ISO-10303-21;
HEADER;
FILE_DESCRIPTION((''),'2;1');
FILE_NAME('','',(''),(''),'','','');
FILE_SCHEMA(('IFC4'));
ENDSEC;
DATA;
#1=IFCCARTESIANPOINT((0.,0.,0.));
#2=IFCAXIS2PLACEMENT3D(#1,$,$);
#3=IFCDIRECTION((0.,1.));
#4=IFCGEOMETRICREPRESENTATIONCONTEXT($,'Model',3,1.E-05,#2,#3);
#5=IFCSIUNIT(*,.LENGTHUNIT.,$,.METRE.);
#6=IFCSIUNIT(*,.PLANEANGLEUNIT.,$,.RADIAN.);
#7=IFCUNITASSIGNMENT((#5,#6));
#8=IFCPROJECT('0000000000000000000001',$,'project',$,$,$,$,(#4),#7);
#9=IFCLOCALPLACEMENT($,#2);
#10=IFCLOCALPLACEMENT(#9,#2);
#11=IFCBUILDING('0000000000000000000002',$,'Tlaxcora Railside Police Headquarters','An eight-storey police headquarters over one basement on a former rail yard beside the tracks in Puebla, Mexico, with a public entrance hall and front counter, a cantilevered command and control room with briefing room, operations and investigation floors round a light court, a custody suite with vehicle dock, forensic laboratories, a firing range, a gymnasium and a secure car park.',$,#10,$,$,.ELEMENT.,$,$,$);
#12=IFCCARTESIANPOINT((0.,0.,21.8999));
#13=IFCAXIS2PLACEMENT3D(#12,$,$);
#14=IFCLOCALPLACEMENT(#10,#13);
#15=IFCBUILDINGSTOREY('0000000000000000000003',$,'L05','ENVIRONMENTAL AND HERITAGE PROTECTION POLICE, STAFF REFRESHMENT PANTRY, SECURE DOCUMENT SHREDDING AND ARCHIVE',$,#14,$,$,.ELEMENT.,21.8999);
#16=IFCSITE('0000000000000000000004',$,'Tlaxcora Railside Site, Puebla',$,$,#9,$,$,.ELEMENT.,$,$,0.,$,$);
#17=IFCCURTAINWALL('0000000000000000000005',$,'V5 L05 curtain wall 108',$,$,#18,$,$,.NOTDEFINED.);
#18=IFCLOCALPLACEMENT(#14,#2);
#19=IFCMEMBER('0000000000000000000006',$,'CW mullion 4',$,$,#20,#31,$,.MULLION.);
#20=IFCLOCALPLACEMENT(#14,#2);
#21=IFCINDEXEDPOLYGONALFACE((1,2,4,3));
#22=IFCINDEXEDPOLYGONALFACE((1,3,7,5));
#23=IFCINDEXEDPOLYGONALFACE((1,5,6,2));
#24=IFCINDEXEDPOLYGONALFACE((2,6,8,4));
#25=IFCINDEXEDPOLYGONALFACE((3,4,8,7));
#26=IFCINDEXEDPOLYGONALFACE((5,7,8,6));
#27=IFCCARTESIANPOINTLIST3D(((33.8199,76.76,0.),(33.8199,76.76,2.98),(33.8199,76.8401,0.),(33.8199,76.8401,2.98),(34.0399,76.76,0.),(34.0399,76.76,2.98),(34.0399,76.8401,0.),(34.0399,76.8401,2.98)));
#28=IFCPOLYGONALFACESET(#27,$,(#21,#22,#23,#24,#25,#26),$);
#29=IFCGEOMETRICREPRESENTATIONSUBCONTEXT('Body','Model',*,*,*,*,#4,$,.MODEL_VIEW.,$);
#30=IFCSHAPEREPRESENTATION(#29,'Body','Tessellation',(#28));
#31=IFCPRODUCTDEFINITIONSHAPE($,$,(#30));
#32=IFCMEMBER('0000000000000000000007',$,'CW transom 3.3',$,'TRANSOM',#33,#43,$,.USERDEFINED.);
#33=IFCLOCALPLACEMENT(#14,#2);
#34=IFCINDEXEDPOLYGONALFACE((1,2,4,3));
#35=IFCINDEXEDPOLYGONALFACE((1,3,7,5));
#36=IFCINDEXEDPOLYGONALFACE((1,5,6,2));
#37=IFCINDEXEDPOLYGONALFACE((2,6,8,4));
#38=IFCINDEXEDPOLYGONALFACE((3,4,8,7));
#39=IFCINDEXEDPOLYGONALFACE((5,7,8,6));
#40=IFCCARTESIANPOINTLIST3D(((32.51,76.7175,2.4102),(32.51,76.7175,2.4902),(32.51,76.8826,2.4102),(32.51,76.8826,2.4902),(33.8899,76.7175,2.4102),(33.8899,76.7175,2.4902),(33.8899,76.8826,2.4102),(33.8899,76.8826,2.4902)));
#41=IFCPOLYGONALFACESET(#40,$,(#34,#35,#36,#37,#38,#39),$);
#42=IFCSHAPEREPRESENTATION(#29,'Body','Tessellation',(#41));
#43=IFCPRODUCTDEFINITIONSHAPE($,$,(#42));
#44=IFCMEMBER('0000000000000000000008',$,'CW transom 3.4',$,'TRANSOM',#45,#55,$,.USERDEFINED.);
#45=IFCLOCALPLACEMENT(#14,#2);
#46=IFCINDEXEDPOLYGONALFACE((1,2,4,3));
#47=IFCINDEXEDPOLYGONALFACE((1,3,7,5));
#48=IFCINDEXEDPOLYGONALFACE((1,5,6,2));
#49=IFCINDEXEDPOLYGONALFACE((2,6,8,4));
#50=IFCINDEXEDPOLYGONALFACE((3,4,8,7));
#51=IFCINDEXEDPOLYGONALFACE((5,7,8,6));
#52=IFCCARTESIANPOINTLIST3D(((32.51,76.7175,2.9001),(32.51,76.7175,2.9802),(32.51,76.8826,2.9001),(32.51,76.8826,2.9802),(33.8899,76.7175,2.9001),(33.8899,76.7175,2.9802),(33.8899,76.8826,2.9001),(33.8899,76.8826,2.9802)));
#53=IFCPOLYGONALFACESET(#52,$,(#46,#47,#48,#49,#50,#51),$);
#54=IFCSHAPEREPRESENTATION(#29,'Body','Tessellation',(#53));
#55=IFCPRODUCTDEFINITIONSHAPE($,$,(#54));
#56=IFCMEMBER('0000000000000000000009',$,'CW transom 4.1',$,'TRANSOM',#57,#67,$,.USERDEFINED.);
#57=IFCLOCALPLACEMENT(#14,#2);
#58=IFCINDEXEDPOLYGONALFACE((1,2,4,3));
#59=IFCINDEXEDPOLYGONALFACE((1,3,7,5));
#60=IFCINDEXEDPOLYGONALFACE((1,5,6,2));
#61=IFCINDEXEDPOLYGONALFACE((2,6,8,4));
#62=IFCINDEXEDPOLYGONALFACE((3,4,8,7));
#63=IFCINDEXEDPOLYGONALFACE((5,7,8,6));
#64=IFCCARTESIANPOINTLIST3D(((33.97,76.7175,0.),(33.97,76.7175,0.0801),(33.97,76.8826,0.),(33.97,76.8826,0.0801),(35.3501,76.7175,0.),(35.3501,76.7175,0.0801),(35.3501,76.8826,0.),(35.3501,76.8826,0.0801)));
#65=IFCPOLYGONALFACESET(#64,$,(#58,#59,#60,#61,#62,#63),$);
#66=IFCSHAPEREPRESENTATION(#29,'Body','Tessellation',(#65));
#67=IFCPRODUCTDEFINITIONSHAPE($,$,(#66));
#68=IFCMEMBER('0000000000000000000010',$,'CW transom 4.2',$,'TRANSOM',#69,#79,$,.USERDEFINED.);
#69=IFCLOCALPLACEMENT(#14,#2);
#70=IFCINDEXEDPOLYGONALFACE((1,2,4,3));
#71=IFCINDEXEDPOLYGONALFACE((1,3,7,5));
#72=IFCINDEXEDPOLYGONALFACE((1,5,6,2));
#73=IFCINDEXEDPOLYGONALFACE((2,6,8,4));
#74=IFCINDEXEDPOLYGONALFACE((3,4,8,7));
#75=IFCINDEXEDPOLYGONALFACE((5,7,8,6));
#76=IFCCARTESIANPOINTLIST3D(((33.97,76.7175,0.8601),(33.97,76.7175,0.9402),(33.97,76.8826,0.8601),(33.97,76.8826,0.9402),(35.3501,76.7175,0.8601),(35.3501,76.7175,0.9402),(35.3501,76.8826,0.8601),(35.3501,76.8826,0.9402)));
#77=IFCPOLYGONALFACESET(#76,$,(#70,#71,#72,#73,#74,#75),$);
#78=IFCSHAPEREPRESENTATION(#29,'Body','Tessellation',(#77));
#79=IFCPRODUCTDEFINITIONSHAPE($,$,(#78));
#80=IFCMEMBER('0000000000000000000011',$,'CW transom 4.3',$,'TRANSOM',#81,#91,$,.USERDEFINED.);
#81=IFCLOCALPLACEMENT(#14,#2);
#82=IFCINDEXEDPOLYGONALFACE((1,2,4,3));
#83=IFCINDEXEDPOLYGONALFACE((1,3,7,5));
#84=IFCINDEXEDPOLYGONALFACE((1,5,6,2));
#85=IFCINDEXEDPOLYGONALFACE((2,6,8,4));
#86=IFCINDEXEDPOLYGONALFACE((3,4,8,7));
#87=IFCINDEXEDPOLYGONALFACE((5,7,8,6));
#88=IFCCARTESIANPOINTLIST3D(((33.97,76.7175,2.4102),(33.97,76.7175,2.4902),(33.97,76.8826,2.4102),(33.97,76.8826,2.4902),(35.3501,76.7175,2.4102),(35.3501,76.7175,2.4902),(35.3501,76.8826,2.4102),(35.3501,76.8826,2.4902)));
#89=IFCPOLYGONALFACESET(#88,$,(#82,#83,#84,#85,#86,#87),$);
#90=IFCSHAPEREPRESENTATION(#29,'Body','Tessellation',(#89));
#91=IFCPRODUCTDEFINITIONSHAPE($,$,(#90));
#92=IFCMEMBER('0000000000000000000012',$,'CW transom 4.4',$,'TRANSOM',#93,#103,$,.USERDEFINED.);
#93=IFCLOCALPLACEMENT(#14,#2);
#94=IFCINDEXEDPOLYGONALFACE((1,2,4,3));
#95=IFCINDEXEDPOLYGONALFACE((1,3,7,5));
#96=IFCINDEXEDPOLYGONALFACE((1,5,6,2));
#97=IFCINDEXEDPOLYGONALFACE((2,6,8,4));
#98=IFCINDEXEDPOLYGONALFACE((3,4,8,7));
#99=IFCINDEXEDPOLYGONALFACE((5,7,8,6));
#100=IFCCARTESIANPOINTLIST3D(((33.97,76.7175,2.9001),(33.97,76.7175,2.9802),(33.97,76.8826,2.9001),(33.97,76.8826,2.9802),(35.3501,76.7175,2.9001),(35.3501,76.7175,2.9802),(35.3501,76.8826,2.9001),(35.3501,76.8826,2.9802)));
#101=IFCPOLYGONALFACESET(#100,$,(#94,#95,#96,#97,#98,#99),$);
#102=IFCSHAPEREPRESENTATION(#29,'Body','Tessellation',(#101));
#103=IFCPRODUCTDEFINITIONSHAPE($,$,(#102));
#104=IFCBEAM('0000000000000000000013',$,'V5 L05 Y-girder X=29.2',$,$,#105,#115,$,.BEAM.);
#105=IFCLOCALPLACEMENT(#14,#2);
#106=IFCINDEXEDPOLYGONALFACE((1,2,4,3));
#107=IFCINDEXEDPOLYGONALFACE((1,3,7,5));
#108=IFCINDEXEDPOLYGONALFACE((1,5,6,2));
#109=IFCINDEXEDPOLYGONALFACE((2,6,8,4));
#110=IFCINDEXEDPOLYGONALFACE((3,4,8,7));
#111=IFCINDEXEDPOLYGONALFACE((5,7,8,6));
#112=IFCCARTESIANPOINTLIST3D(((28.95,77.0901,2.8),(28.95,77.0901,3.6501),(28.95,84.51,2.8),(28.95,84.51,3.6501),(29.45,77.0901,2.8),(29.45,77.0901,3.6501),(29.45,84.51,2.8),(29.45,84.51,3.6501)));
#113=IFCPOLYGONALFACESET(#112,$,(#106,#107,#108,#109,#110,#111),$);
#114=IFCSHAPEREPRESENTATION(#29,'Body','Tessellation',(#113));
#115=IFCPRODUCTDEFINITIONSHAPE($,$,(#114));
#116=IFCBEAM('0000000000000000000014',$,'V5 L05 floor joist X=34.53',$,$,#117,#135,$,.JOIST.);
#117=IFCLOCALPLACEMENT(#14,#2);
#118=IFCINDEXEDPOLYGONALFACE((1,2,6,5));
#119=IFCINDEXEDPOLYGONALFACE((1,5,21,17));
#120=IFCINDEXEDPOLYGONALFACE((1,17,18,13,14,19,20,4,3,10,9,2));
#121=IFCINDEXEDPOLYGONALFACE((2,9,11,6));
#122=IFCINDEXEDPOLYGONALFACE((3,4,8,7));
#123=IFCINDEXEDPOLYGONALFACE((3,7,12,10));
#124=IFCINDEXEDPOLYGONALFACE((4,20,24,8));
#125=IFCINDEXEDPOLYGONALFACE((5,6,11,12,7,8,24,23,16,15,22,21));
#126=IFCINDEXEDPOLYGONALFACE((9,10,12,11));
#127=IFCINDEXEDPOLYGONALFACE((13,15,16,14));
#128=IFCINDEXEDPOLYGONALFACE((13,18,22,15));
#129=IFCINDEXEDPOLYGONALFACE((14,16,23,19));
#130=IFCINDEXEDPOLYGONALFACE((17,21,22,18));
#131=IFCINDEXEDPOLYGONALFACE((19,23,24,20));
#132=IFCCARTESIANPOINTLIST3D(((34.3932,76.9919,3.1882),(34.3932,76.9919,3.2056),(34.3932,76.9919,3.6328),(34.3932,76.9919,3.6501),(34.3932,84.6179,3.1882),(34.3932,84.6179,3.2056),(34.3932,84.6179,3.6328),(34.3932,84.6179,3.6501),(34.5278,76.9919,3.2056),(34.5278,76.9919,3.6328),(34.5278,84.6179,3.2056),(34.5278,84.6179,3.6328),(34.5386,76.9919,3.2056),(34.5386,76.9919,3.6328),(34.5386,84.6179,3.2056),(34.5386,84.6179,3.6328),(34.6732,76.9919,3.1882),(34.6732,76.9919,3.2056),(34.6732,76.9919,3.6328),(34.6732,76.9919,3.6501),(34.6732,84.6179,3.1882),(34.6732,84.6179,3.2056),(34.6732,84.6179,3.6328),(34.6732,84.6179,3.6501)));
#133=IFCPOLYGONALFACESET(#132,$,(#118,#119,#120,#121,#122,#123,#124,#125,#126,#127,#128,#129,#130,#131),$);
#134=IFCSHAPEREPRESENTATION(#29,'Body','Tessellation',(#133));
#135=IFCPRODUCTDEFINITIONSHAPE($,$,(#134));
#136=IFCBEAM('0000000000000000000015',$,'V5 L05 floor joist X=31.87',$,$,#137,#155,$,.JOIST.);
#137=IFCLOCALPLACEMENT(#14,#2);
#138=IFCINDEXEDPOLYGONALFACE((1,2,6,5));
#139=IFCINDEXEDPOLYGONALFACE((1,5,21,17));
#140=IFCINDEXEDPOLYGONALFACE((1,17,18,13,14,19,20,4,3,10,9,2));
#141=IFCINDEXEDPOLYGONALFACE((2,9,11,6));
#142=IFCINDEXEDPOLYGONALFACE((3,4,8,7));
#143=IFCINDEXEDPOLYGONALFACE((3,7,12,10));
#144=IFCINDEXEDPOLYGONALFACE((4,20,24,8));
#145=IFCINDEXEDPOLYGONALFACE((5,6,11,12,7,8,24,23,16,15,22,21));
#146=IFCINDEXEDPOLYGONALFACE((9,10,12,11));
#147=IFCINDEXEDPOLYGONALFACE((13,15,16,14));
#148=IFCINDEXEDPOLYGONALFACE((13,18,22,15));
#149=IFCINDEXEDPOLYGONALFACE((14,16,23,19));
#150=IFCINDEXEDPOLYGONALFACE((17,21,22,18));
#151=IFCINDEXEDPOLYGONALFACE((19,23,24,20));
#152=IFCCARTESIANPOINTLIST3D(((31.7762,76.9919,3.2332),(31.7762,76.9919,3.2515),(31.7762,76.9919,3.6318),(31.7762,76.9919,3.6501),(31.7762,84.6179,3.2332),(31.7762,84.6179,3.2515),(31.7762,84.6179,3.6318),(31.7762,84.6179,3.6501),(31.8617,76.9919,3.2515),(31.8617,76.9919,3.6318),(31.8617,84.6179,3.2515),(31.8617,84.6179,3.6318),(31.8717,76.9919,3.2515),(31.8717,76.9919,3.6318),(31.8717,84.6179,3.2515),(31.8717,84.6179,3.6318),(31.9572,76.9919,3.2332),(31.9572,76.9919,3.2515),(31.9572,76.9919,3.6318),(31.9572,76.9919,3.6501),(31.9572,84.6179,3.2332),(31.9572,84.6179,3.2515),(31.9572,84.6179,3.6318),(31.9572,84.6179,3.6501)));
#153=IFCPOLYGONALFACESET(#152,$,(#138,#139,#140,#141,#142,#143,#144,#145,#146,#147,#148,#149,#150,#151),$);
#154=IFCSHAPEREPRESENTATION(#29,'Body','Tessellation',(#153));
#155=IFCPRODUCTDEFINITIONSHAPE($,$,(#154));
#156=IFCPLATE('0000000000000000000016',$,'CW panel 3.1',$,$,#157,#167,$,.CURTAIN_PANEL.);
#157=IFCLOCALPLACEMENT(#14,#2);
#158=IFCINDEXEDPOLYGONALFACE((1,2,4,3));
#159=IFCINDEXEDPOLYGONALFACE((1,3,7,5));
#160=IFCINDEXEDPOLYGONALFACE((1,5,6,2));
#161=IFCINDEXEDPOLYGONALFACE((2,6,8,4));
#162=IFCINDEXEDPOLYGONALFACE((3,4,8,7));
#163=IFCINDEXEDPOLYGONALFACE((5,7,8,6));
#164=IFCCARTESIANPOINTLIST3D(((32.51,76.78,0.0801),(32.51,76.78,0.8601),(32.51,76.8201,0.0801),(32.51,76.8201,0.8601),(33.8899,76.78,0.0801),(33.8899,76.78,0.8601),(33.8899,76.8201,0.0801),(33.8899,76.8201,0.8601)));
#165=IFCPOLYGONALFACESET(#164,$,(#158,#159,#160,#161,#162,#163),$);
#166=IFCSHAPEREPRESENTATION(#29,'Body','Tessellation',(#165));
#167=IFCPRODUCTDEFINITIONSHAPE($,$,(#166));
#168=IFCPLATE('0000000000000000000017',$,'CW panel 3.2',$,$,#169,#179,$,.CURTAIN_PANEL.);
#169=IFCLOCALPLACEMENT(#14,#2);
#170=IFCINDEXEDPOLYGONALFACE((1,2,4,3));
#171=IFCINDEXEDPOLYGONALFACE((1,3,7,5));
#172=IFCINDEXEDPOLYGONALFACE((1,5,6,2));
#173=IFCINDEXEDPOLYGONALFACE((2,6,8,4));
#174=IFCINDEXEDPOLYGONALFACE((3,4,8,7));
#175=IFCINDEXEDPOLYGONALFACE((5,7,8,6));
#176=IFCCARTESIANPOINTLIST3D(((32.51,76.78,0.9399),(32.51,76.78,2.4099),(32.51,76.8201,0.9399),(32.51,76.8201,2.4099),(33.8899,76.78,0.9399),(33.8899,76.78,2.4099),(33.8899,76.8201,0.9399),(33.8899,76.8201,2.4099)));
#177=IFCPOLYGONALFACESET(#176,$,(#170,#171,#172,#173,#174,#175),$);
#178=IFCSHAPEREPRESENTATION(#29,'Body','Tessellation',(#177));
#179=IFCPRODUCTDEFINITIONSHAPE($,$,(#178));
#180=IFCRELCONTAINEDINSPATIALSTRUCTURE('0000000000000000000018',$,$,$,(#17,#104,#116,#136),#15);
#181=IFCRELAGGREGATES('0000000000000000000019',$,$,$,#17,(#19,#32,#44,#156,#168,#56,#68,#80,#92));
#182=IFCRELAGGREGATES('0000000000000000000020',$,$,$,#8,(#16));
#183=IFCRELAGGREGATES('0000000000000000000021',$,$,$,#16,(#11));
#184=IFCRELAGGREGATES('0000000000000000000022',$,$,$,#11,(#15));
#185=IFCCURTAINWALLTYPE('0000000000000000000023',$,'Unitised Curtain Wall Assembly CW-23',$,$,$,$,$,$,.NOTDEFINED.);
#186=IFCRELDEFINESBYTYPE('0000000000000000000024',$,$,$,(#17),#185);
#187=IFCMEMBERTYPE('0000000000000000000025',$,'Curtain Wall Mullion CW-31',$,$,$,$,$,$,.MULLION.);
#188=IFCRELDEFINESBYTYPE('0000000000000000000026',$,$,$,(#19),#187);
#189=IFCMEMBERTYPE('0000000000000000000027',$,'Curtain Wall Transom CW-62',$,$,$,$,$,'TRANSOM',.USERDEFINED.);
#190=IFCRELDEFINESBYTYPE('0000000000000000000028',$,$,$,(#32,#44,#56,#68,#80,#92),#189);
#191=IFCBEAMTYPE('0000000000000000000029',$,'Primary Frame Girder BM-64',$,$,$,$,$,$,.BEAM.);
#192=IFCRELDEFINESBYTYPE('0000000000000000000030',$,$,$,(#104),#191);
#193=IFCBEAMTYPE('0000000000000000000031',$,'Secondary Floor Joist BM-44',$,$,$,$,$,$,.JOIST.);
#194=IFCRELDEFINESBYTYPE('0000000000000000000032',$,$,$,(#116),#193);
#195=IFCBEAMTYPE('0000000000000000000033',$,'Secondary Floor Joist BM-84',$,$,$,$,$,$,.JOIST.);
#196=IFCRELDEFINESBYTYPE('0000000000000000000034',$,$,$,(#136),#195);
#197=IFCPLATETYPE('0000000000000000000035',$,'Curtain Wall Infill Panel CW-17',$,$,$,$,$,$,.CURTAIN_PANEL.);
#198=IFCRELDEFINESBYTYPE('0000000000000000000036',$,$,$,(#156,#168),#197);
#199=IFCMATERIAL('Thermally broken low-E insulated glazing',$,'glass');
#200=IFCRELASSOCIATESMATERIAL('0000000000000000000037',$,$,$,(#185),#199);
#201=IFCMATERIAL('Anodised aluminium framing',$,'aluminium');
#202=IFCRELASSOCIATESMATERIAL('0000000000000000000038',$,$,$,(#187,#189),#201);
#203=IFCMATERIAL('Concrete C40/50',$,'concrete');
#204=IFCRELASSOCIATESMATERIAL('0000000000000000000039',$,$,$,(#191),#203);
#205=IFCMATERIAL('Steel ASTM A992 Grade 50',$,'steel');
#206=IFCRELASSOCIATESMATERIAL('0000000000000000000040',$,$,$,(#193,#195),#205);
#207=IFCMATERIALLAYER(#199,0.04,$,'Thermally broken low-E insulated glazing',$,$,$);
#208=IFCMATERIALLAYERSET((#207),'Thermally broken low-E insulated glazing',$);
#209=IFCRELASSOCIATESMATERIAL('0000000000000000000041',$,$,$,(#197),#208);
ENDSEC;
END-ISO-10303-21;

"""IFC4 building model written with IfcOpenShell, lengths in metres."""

from ifc_helpers import new_model, si_unit, direction, frame, origin, origin_2d, place, context, subcontext, project, spatial, rectangle, i_section, extrude, material, layer, layer_set, material_profile, profile_set, type_object, element, aggregate, save


model = new_model("IFC4")

# Units and contexts
model_context = context("Model", 3, precision=1e-05, world=origin(), true_north=direction((0.0, 1.0)))
body_context = subcontext(model_context, "Body", "Model", "MODEL_VIEW")
ifc_project = project(units=[si_unit("LENGTHUNIT", "METRE"), si_unit("PLANEANGLEUNIT", "RADIAN")], contexts=[model_context])

# Site, building, storey
site_placement = place(None, origin())
site = spatial("IfcSite", under=ifc_project, at=site_placement, Name="Tlaxcora Railside Site, Puebla", CompositionType="ELEMENT", RefElevation=0.0)
building_placement = place(site_placement, origin())
building = spatial("IfcBuilding", under=site, at=building_placement, Name="Tlaxcora Railside Police Headquarters", Description="An eight-storey police headquarters over one basement on a former rail yard beside the tracks in Puebla, Mexico, with a public entrance hall and front counter, a cantilevered command and control room with briefing room, operations and investigation floors round a light court, a custody suite with vehicle dock, forensic laboratories, a firing range, a gymnasium and a secure car park.", CompositionType="ELEMENT")
storey_placement = place(building_placement, frame((0.0, 0.0, 21.8999)))
storey = spatial("IfcBuildingStorey", under=building, at=storey_placement, Name="L05", Description="ENVIRONMENTAL AND HERITAGE PROTECTION POLICE, STAFF REFRESHMENT PANTRY, SECURE DOCUMENT SHREDDING AND ARCHIVE", CompositionType="ELEMENT", Elevation=21.8999)

# Curtain wall, members
ifc_material_1 = material(Name="Thermally broken low-E insulated glazing", Category="glass")
curtain_wall_type = type_object("IfcCurtainWallType", Name="Unitised Curtain Wall Assembly CW-23", PredefinedType="NOTDEFINED", material=ifc_material_1)
curtain_wall_placement = place(storey_placement, origin())
curtain_wall = element("IfcCurtainWall", 1, at=curtain_wall_placement, inside=storey, type_object=curtain_wall_type, Name="V5 L05 curtain wall 108", PredefinedType="NOTDEFINED")
ifc_material_2 = material(Name="Anodised aluminium framing", Category="aluminium")
ifc_material_profile_1 = material_profile(ifc_material_2, rectangle(XDim=0.0801, YDim=0.22, at=origin_2d()), Name="AL80X220")
ifc_profile_set_1 = profile_set([ifc_material_profile_1], Name="Anodised aluminium framing")
member_type_1 = type_object("IfcMemberType", Name="Curtain Wall Mullion CW-31", PredefinedType="MULLION", material=ifc_profile_set_1)
member_1_placement = place(storey_placement, frame((33.9299, 76.8, 0.0), z_axis=(0.0, 0.0, 1.0), x_axis=(0.0, 1.0, 0.0)))
member_1 = element("IfcMember", 2, at=member_1_placement, type_object=member_type_1, Name="CW mullion 4", PredefinedType="MULLION", context=body_context, shape_type="SweptSolid", body=[
    extrude(rectangle(XDim=0.0801, YDim=0.22, at=origin_2d()), origin(), (0.0, 0.0, 1.0), 2.98),
])
ifc_material_profile_2 = material_profile(ifc_material_2, rectangle(XDim=0.165, YDim=0.0801, at=origin_2d()), Name="AL80X165")
ifc_profile_set_2 = profile_set([ifc_material_profile_2], Name="Anodised aluminium framing")
member_type_2 = type_object("IfcMemberType", Name="Curtain Wall Transom CW-62", ElementType="TRANSOM", PredefinedType="USERDEFINED", material=ifc_profile_set_2)
member_2_placement = place(storey_placement, frame((32.51, 76.8, 2.4502), z_axis=(1.0, 0.0, 0.0), x_axis=(0.0, 1.0, 0.0)))
member_2 = element("IfcMember", 3, at=member_2_placement, type_object=member_type_2, Name="CW transom 3.3", ObjectType="TRANSOM", PredefinedType="USERDEFINED", context=body_context, shape_type="SweptSolid", body=[
    extrude(rectangle(XDim=0.165, YDim=0.0801, at=origin_2d()), origin(), (0.0, 0.0, 1.0), 1.3799),
])
member_3_placement = place(storey_placement, frame((32.51, 76.8, 2.9402), z_axis=(1.0, 0.0, 0.0), x_axis=(0.0, 1.0, 0.0)))
member_3 = element("IfcMember", 4, at=member_3_placement, type_object=member_type_2, Name="CW transom 3.4", ObjectType="TRANSOM", PredefinedType="USERDEFINED", context=body_context, shape_type="SweptSolid", body=[
    extrude(rectangle(XDim=0.165, YDim=0.0801, at=origin_2d()), origin(), (0.0, 0.0, 1.0), 1.3799),
])
member_4_placement = place(storey_placement, frame((33.97, 76.8, 0.04), z_axis=(1.0, 0.0, 0.0), x_axis=(0.0, 1.0, 0.0)))
member_4 = element("IfcMember", 5, at=member_4_placement, type_object=member_type_2, Name="CW transom 4.1", ObjectType="TRANSOM", PredefinedType="USERDEFINED", context=body_context, shape_type="SweptSolid", body=[
    extrude(rectangle(XDim=0.165, YDim=0.0801, at=origin_2d()), origin(), (0.0, 0.0, 1.0), 1.3801),
])
member_5_placement = place(storey_placement, frame((33.97, 76.8, 0.9001), z_axis=(1.0, 0.0, 0.0), x_axis=(0.0, 1.0, 0.0)))
member_5 = element("IfcMember", 6, at=member_5_placement, type_object=member_type_2, Name="CW transom 4.2", ObjectType="TRANSOM", PredefinedType="USERDEFINED", context=body_context, shape_type="SweptSolid", body=[
    extrude(rectangle(XDim=0.165, YDim=0.0801, at=origin_2d()), origin(), (0.0, 0.0, 1.0), 1.3801),
])
member_6_placement = place(storey_placement, frame((33.97, 76.8, 2.4502), z_axis=(1.0, 0.0, 0.0), x_axis=(0.0, 1.0, 0.0)))
member_6 = element("IfcMember", 7, at=member_6_placement, type_object=member_type_2, Name="CW transom 4.3", ObjectType="TRANSOM", PredefinedType="USERDEFINED", context=body_context, shape_type="SweptSolid", body=[
    extrude(rectangle(XDim=0.165, YDim=0.0801, at=origin_2d()), origin(), (0.0, 0.0, 1.0), 1.3801),
])
member_7_placement = place(storey_placement, frame((33.97, 76.8, 2.9402), z_axis=(1.0, 0.0, 0.0), x_axis=(0.0, 1.0, 0.0)))
member_7 = element("IfcMember", 8, at=member_7_placement, type_object=member_type_2, Name="CW transom 4.4", ObjectType="TRANSOM", PredefinedType="USERDEFINED", context=body_context, shape_type="SweptSolid", body=[
    extrude(rectangle(XDim=0.165, YDim=0.0801, at=origin_2d()), origin(), (0.0, 0.0, 1.0), 1.3801),
])

# Beams
ifc_material_3 = material(Name="Concrete C40/50", Category="concrete")
ifc_material_profile_3 = material_profile(ifc_material_3, rectangle(XDim=0.5, YDim=0.8501, at=origin_2d()), Name="RC500X850")
ifc_profile_set_3 = profile_set([ifc_material_profile_3], Name="Concrete C40/50")
beam_type_1 = type_object("IfcBeamType", Name="Primary Frame Girder BM-64", PredefinedType="BEAM", material=ifc_profile_set_3)
beam_1_placement = place(storey_placement, frame((29.2, 77.0901, 3.2251), z_axis=(0.0, 1.0, 0.0), x_axis=(-1.0, 0.0, 0.0)))
element("IfcBeam", 9, at=beam_1_placement, inside=storey, type_object=beam_type_1, Name="V5 L05 Y-girder X=29.2", PredefinedType="BEAM", context=body_context, shape_type="SweptSolid", body=[
    extrude(rectangle(XDim=0.5, YDim=0.8501, at=origin_2d()), origin(), (0.0, 0.0, 1.0), 7.4199),
])
ifc_material_4 = material(Name="Steel ASTM A992 Grade 50", Category="steel")
ifc_material_profile_4 = material_profile(ifc_material_4, i_section(OverallWidth=0.28, OverallDepth=0.4619, WebThickness=0.0107, FlangeThickness=0.0173, at=origin_2d()), Name="W18X76")
ifc_profile_set_4 = profile_set([ifc_material_profile_4], Name="Steel ASTM A992 Grade 50")
beam_type_2 = type_object("IfcBeamType", Name="Secondary Floor Joist BM-44", PredefinedType="JOIST", material=ifc_profile_set_4)
beam_2_placement = place(storey_placement, frame((34.5332, 76.9919, 3.4192), z_axis=(0.0, 1.0, 0.0), x_axis=(-1.0, 0.0, 0.0)))
element("IfcBeam", 10, at=beam_2_placement, inside=storey, type_object=beam_type_2, Name="V5 L05 floor joist X=34.53", PredefinedType="JOIST", context=body_context, shape_type="SweptSolid", body=[
    extrude(i_section(OverallWidth=0.28, OverallDepth=0.4619, WebThickness=0.0107, FlangeThickness=0.0173, at=origin_2d()), origin(), (0.0, 0.0, 1.0), 7.626),
])
ifc_material_profile_5 = material_profile(ifc_material_4, i_section(OverallWidth=0.1809, OverallDepth=0.417, WebThickness=0.01, FlangeThickness=0.0183, at=origin_2d()), Name="W16X57")
ifc_profile_set_5 = profile_set([ifc_material_profile_5], Name="Steel ASTM A992 Grade 50")
beam_type_3 = type_object("IfcBeamType", Name="Secondary Floor Joist BM-84", PredefinedType="JOIST", material=ifc_profile_set_5)
beam_3_placement = place(storey_placement, frame((31.8667, 76.9919, 3.4417), z_axis=(0.0, 1.0, 0.0), x_axis=(-1.0, 0.0, 0.0)))
element("IfcBeam", 11, at=beam_3_placement, inside=storey, type_object=beam_type_3, Name="V5 L05 floor joist X=31.87", PredefinedType="JOIST", context=body_context, shape_type="SweptSolid", body=[
    extrude(i_section(OverallWidth=0.1809, OverallDepth=0.417, WebThickness=0.01, FlangeThickness=0.0183, at=origin_2d()), origin(), (0.0, 0.0, 1.0), 7.626),
])

# Plates
ifc_layer_1 = layer(ifc_material_1, 0.04, Name="Thermally broken low-E insulated glazing")
ifc_layer_set_1 = layer_set([ifc_layer_1], Name="Thermally broken low-E insulated glazing")
plate_type = type_object("IfcPlateType", Name="Curtain Wall Infill Panel CW-17", PredefinedType="CURTAIN_PANEL", material=ifc_layer_set_1)
plate_1_placement = place(storey_placement, frame((33.2, 76.8, 0.0801), z_axis=(0.0, 0.0, 1.0), x_axis=(1.0, 0.0, 0.0)))
plate_1 = element("IfcPlate", 12, at=plate_1_placement, type_object=plate_type, Name="CW panel 3.1", PredefinedType="CURTAIN_PANEL", context=body_context, shape_type="SweptSolid", body=[
    extrude(rectangle(XDim=1.3799, YDim=0.04, at=origin_2d()), origin(), (0.0, 0.0, 1.0), 0.78),
])
plate_2_placement = place(storey_placement, frame((33.2, 76.8, 0.9399), z_axis=(0.0, 0.0, 1.0), x_axis=(1.0, 0.0, 0.0)))
plate_2 = element("IfcPlate", 13, at=plate_2_placement, type_object=plate_type, Name="CW panel 3.2", PredefinedType="CURTAIN_PANEL", context=body_context, shape_type="SweptSolid", body=[
    extrude(rectangle(XDim=1.3799, YDim=0.04, at=origin_2d()), origin(), (0.0, 0.0, 1.0), 1.47),
])
aggregate(curtain_wall, [member_1, member_2, member_3, plate_1, plate_2, member_4, member_5, member_6, member_7])

save(model, "model.ifc")
